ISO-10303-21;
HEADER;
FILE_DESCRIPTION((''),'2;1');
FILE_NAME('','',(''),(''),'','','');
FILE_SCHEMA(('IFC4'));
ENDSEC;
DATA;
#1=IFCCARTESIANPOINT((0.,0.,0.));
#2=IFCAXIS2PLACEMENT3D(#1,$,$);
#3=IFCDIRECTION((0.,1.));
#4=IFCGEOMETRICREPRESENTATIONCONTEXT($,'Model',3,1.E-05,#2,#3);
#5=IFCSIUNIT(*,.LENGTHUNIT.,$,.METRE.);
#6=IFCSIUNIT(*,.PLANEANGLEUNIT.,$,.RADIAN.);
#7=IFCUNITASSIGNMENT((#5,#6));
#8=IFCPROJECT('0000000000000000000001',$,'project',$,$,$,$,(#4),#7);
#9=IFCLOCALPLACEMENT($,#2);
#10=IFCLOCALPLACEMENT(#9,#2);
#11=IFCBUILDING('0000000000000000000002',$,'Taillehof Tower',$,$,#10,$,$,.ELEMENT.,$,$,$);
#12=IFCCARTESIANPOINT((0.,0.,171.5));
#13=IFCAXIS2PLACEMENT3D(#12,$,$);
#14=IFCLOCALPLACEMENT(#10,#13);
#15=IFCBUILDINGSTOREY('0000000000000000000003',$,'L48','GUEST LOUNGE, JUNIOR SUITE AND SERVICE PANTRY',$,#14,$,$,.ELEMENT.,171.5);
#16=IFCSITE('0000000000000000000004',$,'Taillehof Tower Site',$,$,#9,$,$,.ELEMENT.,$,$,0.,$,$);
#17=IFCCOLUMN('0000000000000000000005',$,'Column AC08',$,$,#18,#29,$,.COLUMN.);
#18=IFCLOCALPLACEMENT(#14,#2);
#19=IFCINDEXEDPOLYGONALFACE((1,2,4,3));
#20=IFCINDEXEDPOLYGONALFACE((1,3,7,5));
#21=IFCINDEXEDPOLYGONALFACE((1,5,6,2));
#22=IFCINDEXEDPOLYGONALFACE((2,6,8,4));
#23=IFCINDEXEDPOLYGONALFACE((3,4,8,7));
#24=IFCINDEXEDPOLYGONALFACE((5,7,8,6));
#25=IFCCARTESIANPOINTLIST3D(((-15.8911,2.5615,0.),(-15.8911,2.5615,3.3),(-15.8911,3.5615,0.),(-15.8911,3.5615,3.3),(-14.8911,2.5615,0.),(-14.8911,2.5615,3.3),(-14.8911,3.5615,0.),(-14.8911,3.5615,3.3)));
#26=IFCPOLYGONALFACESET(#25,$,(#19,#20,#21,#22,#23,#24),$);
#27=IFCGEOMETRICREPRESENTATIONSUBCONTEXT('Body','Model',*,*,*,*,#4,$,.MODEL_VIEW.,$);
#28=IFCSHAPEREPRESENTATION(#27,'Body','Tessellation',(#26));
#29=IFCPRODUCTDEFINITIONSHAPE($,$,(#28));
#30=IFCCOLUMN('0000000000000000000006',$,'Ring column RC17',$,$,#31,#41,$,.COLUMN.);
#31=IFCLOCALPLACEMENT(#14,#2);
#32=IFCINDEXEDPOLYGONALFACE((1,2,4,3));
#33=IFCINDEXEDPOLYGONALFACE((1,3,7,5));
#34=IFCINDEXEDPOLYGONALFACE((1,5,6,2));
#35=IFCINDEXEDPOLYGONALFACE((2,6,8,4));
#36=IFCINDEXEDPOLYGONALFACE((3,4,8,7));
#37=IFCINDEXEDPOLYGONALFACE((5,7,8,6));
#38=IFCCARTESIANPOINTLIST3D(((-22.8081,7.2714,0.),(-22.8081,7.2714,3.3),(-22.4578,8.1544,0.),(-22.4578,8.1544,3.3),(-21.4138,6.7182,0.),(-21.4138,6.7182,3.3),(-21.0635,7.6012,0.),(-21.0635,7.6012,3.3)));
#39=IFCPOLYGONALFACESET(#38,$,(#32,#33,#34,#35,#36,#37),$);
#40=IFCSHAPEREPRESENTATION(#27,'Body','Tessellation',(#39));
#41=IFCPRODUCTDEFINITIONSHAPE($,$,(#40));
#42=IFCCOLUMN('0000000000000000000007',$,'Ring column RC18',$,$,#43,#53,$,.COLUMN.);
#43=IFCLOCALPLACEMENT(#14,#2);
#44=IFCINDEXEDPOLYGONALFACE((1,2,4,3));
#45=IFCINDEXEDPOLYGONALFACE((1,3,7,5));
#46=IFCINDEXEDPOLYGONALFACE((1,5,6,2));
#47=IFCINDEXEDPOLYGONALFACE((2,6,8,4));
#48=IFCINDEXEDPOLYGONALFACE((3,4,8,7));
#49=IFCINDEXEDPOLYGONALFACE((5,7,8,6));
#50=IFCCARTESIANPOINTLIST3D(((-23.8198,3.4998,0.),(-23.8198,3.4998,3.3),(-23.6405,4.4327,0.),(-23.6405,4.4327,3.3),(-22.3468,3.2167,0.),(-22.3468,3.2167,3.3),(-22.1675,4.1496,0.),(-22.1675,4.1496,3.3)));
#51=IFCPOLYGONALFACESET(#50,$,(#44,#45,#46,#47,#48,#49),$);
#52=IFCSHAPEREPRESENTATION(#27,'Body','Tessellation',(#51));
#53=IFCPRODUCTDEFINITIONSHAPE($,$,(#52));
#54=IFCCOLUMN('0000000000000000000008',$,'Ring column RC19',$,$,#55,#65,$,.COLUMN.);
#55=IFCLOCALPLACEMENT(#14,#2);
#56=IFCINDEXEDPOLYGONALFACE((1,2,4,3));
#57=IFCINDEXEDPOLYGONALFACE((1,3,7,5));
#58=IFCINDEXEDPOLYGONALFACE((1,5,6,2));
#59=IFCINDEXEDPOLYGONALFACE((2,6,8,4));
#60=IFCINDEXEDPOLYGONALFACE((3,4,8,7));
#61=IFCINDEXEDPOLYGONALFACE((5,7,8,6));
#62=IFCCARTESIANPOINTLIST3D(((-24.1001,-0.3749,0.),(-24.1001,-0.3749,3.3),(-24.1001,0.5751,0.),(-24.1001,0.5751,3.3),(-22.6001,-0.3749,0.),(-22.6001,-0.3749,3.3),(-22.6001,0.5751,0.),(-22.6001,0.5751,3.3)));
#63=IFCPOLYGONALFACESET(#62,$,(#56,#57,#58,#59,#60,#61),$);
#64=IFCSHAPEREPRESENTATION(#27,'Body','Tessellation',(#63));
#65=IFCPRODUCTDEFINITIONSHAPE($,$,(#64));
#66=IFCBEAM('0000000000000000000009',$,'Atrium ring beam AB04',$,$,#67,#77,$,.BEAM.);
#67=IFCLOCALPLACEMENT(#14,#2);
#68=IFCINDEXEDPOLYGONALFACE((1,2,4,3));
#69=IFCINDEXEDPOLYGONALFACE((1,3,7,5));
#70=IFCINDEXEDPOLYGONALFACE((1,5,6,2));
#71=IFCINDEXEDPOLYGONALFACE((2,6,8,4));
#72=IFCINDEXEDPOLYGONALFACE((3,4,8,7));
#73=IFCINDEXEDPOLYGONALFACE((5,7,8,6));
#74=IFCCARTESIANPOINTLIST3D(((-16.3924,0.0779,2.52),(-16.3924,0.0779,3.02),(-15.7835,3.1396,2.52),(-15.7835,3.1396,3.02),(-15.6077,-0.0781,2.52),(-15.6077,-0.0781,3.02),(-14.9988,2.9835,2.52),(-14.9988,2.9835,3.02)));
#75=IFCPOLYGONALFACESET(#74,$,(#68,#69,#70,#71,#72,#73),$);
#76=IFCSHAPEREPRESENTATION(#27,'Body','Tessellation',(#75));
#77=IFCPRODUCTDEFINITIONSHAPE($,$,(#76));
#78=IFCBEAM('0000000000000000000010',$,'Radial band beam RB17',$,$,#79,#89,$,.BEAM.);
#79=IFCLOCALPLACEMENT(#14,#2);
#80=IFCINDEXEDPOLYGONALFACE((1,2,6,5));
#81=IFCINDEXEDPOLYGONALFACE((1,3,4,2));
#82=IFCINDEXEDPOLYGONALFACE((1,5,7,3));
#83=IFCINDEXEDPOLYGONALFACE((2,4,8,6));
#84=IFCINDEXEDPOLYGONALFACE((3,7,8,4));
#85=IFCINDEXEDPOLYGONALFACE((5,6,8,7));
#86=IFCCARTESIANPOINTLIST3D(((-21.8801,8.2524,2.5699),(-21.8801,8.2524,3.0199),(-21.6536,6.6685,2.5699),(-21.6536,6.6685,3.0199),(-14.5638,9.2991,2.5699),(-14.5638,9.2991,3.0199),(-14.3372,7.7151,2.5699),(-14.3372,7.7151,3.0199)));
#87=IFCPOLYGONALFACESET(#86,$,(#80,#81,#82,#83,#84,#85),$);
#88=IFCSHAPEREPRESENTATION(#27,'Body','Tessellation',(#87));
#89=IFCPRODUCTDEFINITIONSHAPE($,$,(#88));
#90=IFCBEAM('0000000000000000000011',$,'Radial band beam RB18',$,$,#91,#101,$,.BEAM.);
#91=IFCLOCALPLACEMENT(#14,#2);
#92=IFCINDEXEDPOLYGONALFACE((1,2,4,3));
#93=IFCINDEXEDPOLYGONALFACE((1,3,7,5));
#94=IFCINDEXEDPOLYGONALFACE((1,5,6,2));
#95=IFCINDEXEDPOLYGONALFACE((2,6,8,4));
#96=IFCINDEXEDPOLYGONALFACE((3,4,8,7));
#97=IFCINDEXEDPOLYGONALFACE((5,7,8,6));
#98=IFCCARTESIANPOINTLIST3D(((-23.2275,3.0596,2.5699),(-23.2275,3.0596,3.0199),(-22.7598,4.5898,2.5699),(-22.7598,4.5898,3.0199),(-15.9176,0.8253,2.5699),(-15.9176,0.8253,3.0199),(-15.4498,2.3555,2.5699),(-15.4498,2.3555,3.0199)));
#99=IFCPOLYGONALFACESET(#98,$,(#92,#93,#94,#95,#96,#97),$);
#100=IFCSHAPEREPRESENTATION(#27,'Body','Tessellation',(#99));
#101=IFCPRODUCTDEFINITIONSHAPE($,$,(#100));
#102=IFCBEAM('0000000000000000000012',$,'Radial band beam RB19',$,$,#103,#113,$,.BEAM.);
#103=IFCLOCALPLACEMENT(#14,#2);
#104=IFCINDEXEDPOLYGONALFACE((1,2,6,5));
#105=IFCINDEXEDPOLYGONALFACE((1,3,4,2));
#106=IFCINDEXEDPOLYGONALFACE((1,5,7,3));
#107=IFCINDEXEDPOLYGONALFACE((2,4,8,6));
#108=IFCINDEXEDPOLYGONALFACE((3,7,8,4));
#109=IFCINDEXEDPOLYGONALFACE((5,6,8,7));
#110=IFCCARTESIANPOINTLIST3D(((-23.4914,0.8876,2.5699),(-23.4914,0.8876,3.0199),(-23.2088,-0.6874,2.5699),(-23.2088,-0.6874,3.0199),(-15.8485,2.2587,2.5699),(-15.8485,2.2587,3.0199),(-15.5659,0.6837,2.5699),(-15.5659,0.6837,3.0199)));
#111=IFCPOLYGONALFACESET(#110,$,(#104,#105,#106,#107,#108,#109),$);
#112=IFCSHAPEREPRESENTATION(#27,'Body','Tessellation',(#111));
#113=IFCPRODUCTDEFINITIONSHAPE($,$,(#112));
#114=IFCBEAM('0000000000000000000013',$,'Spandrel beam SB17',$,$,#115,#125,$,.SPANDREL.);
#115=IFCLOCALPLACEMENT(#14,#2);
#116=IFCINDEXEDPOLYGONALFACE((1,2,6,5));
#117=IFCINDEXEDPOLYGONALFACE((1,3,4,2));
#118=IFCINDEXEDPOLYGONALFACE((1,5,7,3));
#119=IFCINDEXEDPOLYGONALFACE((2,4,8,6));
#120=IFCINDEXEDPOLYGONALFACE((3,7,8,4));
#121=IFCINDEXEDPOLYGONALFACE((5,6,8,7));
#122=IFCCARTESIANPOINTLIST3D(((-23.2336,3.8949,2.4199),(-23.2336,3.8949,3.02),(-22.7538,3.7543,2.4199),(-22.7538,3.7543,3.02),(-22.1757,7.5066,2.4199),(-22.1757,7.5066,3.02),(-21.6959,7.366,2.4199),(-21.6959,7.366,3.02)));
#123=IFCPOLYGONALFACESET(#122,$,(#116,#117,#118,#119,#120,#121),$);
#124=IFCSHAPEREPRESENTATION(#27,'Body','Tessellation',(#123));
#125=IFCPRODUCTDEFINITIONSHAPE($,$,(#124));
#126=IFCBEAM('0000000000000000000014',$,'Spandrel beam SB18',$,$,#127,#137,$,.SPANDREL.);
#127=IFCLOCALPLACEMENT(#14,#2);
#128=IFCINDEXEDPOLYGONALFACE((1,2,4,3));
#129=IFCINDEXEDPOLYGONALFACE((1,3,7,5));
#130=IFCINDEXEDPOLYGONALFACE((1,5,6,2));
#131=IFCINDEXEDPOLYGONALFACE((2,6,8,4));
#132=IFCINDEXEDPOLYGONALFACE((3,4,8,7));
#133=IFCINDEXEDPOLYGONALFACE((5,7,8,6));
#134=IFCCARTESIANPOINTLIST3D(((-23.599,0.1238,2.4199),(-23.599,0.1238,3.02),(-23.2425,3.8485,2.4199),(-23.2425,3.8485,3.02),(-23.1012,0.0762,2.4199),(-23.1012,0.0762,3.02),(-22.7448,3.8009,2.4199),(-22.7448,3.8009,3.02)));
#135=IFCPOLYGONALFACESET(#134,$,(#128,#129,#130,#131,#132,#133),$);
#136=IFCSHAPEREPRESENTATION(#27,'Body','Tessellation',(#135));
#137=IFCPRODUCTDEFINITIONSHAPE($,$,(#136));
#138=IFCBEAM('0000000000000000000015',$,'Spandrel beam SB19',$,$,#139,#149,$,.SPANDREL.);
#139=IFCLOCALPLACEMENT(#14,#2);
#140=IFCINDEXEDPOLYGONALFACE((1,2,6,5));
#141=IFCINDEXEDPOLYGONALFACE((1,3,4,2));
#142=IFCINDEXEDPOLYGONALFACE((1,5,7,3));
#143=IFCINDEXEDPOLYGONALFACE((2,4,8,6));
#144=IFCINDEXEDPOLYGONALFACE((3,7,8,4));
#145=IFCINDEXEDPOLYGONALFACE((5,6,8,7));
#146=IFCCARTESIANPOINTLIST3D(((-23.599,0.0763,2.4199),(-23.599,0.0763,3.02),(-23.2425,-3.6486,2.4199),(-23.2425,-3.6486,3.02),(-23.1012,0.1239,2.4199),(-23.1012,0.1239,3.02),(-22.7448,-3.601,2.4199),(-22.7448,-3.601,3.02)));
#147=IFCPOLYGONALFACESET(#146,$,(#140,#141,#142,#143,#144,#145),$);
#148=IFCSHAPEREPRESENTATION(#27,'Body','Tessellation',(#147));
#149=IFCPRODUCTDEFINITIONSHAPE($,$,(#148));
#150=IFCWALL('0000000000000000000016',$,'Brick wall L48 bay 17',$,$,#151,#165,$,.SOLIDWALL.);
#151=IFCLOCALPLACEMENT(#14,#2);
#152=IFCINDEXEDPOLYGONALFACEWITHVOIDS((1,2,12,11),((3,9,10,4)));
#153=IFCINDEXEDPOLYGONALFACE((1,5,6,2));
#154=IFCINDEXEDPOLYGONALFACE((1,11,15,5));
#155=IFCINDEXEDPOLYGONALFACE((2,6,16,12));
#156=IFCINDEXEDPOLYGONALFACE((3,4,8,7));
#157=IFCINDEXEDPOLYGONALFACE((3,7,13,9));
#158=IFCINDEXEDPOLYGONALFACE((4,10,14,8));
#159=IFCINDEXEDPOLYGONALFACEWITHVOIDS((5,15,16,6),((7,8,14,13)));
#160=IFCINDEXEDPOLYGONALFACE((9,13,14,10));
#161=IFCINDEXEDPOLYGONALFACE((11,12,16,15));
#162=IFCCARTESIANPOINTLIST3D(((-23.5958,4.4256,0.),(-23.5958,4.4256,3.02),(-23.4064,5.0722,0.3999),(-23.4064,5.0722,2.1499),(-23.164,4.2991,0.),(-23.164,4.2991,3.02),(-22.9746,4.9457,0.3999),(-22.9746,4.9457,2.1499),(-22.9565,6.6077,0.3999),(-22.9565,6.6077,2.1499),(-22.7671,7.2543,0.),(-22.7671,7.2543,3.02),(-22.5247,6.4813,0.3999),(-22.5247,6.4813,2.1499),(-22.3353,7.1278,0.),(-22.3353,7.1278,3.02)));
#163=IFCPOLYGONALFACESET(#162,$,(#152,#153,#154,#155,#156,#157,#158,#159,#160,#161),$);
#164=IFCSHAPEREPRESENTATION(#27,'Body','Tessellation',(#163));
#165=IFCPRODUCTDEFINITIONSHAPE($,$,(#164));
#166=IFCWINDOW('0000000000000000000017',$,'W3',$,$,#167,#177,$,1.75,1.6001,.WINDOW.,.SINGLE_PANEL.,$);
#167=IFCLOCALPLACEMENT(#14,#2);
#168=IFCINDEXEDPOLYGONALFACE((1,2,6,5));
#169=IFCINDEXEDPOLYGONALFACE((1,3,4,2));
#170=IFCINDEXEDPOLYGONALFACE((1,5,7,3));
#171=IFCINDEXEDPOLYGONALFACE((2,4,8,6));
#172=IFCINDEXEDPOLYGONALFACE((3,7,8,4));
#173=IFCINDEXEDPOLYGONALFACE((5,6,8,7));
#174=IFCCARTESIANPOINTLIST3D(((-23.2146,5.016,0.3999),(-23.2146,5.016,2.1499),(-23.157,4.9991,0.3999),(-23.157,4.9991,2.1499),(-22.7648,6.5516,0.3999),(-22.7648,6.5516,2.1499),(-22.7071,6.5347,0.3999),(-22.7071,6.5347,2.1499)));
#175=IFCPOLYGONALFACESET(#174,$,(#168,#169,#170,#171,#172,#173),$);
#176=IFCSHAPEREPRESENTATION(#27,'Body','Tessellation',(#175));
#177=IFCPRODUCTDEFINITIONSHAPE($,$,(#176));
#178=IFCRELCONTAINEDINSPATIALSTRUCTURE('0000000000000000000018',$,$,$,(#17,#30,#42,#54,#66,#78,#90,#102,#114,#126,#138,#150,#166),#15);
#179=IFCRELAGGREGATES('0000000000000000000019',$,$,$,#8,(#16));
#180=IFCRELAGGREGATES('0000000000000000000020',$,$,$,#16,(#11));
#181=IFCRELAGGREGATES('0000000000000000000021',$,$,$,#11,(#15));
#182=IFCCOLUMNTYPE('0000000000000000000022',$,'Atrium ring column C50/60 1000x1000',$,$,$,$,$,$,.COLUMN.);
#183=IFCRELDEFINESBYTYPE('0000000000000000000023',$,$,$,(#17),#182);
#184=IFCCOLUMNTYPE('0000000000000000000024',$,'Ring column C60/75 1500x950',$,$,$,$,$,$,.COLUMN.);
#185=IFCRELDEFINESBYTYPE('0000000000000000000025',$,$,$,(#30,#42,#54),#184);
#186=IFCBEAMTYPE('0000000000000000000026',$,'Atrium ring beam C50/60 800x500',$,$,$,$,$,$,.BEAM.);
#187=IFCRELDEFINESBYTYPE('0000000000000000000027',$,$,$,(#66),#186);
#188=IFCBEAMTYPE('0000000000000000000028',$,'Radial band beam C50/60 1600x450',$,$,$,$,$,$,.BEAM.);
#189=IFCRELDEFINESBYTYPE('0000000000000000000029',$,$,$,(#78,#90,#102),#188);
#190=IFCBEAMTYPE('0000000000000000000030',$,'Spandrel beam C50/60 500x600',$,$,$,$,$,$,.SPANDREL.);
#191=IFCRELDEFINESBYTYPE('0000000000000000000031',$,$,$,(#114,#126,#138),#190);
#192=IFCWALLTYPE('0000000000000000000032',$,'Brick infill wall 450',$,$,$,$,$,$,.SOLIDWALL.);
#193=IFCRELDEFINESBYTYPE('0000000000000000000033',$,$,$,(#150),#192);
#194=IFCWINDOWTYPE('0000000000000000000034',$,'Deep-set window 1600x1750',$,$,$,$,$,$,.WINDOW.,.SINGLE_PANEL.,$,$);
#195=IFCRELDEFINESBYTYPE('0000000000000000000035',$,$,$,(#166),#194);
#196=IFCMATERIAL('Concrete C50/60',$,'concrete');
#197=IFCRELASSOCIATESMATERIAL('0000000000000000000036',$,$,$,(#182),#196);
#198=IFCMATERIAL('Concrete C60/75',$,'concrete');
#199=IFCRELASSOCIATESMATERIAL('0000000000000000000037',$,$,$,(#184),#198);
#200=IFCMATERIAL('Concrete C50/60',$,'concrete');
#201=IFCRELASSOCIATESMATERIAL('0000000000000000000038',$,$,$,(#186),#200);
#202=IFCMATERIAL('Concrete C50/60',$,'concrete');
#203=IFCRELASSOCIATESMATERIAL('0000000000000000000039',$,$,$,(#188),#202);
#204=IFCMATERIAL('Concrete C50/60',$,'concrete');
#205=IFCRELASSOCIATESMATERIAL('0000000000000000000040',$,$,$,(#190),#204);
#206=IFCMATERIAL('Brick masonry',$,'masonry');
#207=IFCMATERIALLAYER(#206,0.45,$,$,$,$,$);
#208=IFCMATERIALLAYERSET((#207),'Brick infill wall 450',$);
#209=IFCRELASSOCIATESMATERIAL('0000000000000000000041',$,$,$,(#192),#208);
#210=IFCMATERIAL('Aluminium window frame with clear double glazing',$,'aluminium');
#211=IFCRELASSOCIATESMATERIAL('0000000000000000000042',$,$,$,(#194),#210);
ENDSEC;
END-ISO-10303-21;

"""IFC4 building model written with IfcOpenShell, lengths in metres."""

from ifc_helpers import new_model, si_unit, direction, frame, frame_2d, origin, origin_2d, place, context, subcontext, project, spatial, rectangle, extrude, material, layer, layer_set, material_profile, profile_set, type_object, element, fill, save


model = new_model("IFC4")

# Units and contexts
model_context = context("Model", 3, precision=1e-05, world=origin(), true_north=direction((0.0, 1.0)))
body_context = subcontext(model_context, "Body", "Model", "MODEL_VIEW")
ifc_project = project(units=[si_unit("LENGTHUNIT", "METRE"), si_unit("PLANEANGLEUNIT", "RADIAN")], contexts=[model_context])

# Site, building, storey
site_placement = place(None, origin())
site = spatial("IfcSite", under=ifc_project, at=site_placement, Name="Taillehof Tower Site", CompositionType="ELEMENT", RefElevation=0.0)
building_placement = place(site_placement, origin())
building = spatial("IfcBuilding", under=site, at=building_placement, Name="Taillehof Tower", CompositionType="ELEMENT")
storey_placement = place(building_placement, frame((0.0, 0.0, 171.5)))
storey = spatial("IfcBuildingStorey", under=building, at=storey_placement, Name="L48", Description="GUEST LOUNGE, JUNIOR SUITE AND SERVICE PANTRY", CompositionType="ELEMENT", Elevation=171.5)

# Columns
ifc_material_1 = material(Name="Concrete C50/60", Category="concrete")
ifc_material_profile_1 = material_profile(ifc_material_1, rectangle(XDim=1.0, YDim=1.0, at=origin_2d()), Name="RC 1000x1000")
ifc_profile_set_1 = profile_set([ifc_material_profile_1], Name="Concrete C50/60")
column_type_1 = type_object("IfcColumnType", Name="Atrium ring column C50/60 1000x1000", PredefinedType="COLUMN", material=ifc_profile_set_1)
column_placement = place(storey_placement, frame((-15.3911, 3.0615, 0.0), z_axis=(0.0, 0.0, 1.0), x_axis=(1.0, 0.0, 0.0)))
element("IfcColumn", 1, at=column_placement, inside=storey, type_object=column_type_1, Name="Column AC08", PredefinedType="COLUMN", context=body_context, shape_type="SweptSolid", body=[
    extrude(rectangle(XDim=1.0, YDim=1.0, at=origin_2d()), origin(), (0.0, 0.0, 1.0), 3.3),
])
ifc_material_2 = material(Name="Concrete C60/75", Category="concrete")
ifc_material_profile_2 = material_profile(ifc_material_2, rectangle(XDim=1.5, YDim=0.95, at=origin_2d()), Name="RC 1500x950")
ifc_profile_set_2 = profile_set([ifc_material_profile_2], Name="Concrete C60/75")
column_type_2 = type_object("IfcColumnType", Name="Ring column C60/75 1500x950", PredefinedType="COLUMN", material=ifc_profile_set_2)
for number, where, z_axis, x_axis, name in (
    (2, (-21.9358, 7.4363, 0.0), (0.0, 0.0, 1.0), (-0.929511, 0.368793, 0.0), "Ring column RC17"),
    (3, (-22.9937, 3.8247, 0.0), (0.0, 0.0, 1.0), (-0.982024, 0.188757, 0.0), "Ring column RC18"),
    (4, (-23.3501, 0.1001, 0.0), (0.0, 0.0, 1.0), (-1.0, 0.0, 0.0), "Ring column RC19"),
):
    element("IfcColumn", number, at=place(storey_placement, frame(where, z_axis=z_axis, x_axis=x_axis)), inside=storey, type_object=column_type_2, Name=name, PredefinedType="COLUMN", context=body_context, shape_type="SweptSolid", body=[
        extrude(rectangle(XDim=1.5, YDim=0.95, at=origin_2d()), origin(), (0.0, 0.0, 1.0), 3.3),
    ])

# Beams
ifc_material_3 = material(Name="Concrete C50/60", Category="concrete")
ifc_material_profile_3 = material_profile(ifc_material_3, rectangle(XDim=0.8, YDim=0.5, at=origin_2d()), Name="RC 800x500")
ifc_profile_set_3 = profile_set([ifc_material_profile_3], Name="Concrete C50/60")
beam_type_1 = type_object("IfcBeamType", Name="Atrium ring beam C50/60 800x500", PredefinedType="BEAM", material=ifc_profile_set_3)
beam_1_placement = place(storey_placement, frame((-15.3911, 3.0615, 2.77), z_axis=(-0.195063, -0.980791, 0.0), x_axis=(0.980791, -0.195063, 0.0)))
element("IfcBeam", 5, at=beam_1_placement, inside=storey, type_object=beam_type_1, Name="Atrium ring beam AB04", PredefinedType="BEAM", context=body_context, shape_type="SweptSolid", body=[
    extrude(rectangle(XDim=0.8, YDim=0.5, at=origin_2d()), origin(), (0.0, 0.0, 1.0), 3.1216),
])
ifc_material_4 = material(Name="Concrete C50/60", Category="concrete")
ifc_material_profile_4 = material_profile(ifc_material_4, rectangle(XDim=1.6001, YDim=0.45, at=origin_2d()), Name="RC 1600x450")
ifc_profile_set_4 = profile_set([ifc_material_profile_4], Name="Concrete C50/60")
beam_type_2 = type_object("IfcBeamType", Name="Radial band beam C50/60 1600x450", PredefinedType="BEAM", material=ifc_profile_set_4)
beam_2_placement = place(storey_placement, frame((-21.7668, 7.4604, 2.7949), z_axis=(0.989922, 0.141611, 0.0), x_axis=(-0.141611, 0.989922, 0.0)))
element("IfcBeam", 6, at=beam_2_placement, inside=storey, type_object=beam_type_2, Name="Radial band beam RB17", PredefinedType="BEAM", context=body_context, shape_type="SweptSolid", body=[
    extrude(rectangle(XDim=1.6001, YDim=0.45, at=origin_2d()), origin(), (0.0, 0.0, 1.0), 7.3909),
])
beam_3_placement = place(storey_placement, frame((-22.9937, 3.8247, 2.7949), z_axis=(0.956324, -0.292308, 0.0), x_axis=(0.292308, 0.956324, 0.0)))
element("IfcBeam", 7, at=beam_3_placement, inside=storey, type_object=beam_type_2, Name="Radial band beam RB18", PredefinedType="BEAM", context=body_context, shape_type="SweptSolid", body=[
    extrude(rectangle(XDim=1.6001, YDim=0.45, at=origin_2d()), origin(), (0.0, 0.0, 1.0), 7.6438),
])
beam_4_placement = place(storey_placement, frame((-23.3501, 0.1001, 2.7949), z_axis=(0.984287, 0.176577, 0.0), x_axis=(-0.176577, 0.984287, 0.0)))
element("IfcBeam", 8, at=beam_4_placement, inside=storey, type_object=beam_type_2, Name="Radial band beam RB19", PredefinedType="BEAM", context=body_context, shape_type="SweptSolid", body=[
    extrude(rectangle(XDim=1.6001, YDim=0.45, at=origin_2d()), origin(), (0.0, 0.0, 1.0), 7.7649),
])
ifc_material_5 = material(Name="Concrete C50/60", Category="concrete")
ifc_material_profile_5 = material_profile(ifc_material_5, rectangle(XDim=0.5, YDim=0.6001, at=origin_2d()), Name="RC 500x600")
ifc_profile_set_5 = profile_set([ifc_material_profile_5], Name="Concrete C50/60")
beam_type_3 = type_object("IfcBeamType", Name="Spandrel beam C50/60 500x600", PredefinedType="SPANDREL", material=ifc_profile_set_5)
beam_5_placement = place(storey_placement, frame((-21.9358, 7.4363, 2.72), z_axis=(-0.281098, -0.959679, 0.0), x_axis=(0.959679, -0.281098, 0.0)))
element("IfcBeam", 9, at=beam_5_placement, inside=storey, type_object=beam_type_3, Name="Spandrel beam SB17", PredefinedType="SPANDREL", context=body_context, shape_type="SweptSolid", body=[
    extrude(rectangle(XDim=0.5, YDim=0.6001, at=origin_2d()), origin(), (0.0, 0.0, 1.0), 3.7634),
])
beam_6_placement = place(storey_placement, frame((-22.9937, 3.8247, 2.72), z_axis=(-0.095265, -0.995452, 0.0), x_axis=(0.995452, -0.095265, 0.0)))
element("IfcBeam", 10, at=beam_6_placement, inside=storey, type_object=beam_type_3, Name="Spandrel beam SB18", PredefinedType="SPANDREL", context=body_context, shape_type="SweptSolid", body=[
    extrude(rectangle(XDim=0.5, YDim=0.6001, at=origin_2d()), origin(), (0.0, 0.0, 1.0), 3.7417),
])
beam_7_placement = place(storey_placement, frame((-23.3501, 0.1001, 2.72), z_axis=(0.095259, -0.995453, 0.0), x_axis=(0.995453, 0.095259, 0.0)))
element("IfcBeam", 11, at=beam_7_placement, inside=storey, type_object=beam_type_3, Name="Spandrel beam SB19", PredefinedType="SPANDREL", context=body_context, shape_type="SweptSolid", body=[
    extrude(rectangle(XDim=0.5, YDim=0.6001, at=origin_2d()), origin(), (0.0, 0.0, 1.0), 3.7419),
])

# Wall, opening, window
ifc_material_6 = material(Name="Brick masonry", Category="masonry")
ifc_layer_1 = layer(ifc_material_6, 0.45)
ifc_layer_set_1 = layer_set([ifc_layer_1], Name="Brick infill wall 450")
wall_type_1 = type_object("IfcWallType", Name="Brick infill wall 450", PredefinedType="SOLIDWALL", material=ifc_layer_set_1)
wall_1_placement = place(storey_placement, frame((-22.5513, 7.1909, 0.0), z_axis=(0.0, 0.0, 1.0), x_axis=(-0.281126, -0.959671, 0.0)))
wall_1 = element("IfcWall", 12, at=wall_1_placement, inside=storey, type_object=wall_type_1, Name="Brick wall L48 bay 17", PredefinedType="SOLIDWALL", context=body_context, shape_type="SweptSolid", body=[
    extrude(rectangle(XDim=2.9475, YDim=0.45, at=frame_2d((1.4736, 0.0))), origin(), (0.0, 0.0, 1.0), 3.02),
])
opening_1_placement = place(wall_1_placement, frame((0.6736, 0.0, 0.3999)))
opening_1 = element("IfcOpeningElement", 13, at=opening_1_placement, cuts=wall_1, PredefinedType="OPENING", context=body_context, shape_type="SweptSolid", body=[
    extrude(rectangle(XDim=1.6001, YDim=1.75, at=frame_2d((0.8, 0.875))), frame((0.0, 0.2349, 0.0), z_axis=(0.0, -1.0, 0.0), x_axis=(1.0, 0.0, 0.0)), (0.0, 0.0, 1.0), 0.47),
])
ifc_material_7 = material(Name="Aluminium window frame with clear double glazing", Category="aluminium")
window_type = type_object("IfcWindowType", Name="Deep-set window 1600x1750", PartitioningType="SINGLE_PANEL", PredefinedType="WINDOW", material=ifc_material_7)
window_1_placement = place(opening_1_placement, origin())
window_1 = element("IfcWindow", 14, at=window_1_placement, inside=storey, type_object=window_type, Name="W3", OverallHeight=1.75, OverallWidth=1.6001, PartitioningType="SINGLE_PANEL", PredefinedType="WINDOW", context=body_context, shape_type="SweptSolid", body=[
    extrude(rectangle(XDim=1.6001, YDim=1.75, at=frame_2d((0.8, 0.875))), frame((0.0, 0.0349, 0.0), z_axis=(0.0, -1.0, 0.0), x_axis=(1.0, 0.0, 0.0)), (0.0, 0.0, 1.0), 0.0601),
])
fill(opening_1, window_1)

save(model, "model.ifc")
